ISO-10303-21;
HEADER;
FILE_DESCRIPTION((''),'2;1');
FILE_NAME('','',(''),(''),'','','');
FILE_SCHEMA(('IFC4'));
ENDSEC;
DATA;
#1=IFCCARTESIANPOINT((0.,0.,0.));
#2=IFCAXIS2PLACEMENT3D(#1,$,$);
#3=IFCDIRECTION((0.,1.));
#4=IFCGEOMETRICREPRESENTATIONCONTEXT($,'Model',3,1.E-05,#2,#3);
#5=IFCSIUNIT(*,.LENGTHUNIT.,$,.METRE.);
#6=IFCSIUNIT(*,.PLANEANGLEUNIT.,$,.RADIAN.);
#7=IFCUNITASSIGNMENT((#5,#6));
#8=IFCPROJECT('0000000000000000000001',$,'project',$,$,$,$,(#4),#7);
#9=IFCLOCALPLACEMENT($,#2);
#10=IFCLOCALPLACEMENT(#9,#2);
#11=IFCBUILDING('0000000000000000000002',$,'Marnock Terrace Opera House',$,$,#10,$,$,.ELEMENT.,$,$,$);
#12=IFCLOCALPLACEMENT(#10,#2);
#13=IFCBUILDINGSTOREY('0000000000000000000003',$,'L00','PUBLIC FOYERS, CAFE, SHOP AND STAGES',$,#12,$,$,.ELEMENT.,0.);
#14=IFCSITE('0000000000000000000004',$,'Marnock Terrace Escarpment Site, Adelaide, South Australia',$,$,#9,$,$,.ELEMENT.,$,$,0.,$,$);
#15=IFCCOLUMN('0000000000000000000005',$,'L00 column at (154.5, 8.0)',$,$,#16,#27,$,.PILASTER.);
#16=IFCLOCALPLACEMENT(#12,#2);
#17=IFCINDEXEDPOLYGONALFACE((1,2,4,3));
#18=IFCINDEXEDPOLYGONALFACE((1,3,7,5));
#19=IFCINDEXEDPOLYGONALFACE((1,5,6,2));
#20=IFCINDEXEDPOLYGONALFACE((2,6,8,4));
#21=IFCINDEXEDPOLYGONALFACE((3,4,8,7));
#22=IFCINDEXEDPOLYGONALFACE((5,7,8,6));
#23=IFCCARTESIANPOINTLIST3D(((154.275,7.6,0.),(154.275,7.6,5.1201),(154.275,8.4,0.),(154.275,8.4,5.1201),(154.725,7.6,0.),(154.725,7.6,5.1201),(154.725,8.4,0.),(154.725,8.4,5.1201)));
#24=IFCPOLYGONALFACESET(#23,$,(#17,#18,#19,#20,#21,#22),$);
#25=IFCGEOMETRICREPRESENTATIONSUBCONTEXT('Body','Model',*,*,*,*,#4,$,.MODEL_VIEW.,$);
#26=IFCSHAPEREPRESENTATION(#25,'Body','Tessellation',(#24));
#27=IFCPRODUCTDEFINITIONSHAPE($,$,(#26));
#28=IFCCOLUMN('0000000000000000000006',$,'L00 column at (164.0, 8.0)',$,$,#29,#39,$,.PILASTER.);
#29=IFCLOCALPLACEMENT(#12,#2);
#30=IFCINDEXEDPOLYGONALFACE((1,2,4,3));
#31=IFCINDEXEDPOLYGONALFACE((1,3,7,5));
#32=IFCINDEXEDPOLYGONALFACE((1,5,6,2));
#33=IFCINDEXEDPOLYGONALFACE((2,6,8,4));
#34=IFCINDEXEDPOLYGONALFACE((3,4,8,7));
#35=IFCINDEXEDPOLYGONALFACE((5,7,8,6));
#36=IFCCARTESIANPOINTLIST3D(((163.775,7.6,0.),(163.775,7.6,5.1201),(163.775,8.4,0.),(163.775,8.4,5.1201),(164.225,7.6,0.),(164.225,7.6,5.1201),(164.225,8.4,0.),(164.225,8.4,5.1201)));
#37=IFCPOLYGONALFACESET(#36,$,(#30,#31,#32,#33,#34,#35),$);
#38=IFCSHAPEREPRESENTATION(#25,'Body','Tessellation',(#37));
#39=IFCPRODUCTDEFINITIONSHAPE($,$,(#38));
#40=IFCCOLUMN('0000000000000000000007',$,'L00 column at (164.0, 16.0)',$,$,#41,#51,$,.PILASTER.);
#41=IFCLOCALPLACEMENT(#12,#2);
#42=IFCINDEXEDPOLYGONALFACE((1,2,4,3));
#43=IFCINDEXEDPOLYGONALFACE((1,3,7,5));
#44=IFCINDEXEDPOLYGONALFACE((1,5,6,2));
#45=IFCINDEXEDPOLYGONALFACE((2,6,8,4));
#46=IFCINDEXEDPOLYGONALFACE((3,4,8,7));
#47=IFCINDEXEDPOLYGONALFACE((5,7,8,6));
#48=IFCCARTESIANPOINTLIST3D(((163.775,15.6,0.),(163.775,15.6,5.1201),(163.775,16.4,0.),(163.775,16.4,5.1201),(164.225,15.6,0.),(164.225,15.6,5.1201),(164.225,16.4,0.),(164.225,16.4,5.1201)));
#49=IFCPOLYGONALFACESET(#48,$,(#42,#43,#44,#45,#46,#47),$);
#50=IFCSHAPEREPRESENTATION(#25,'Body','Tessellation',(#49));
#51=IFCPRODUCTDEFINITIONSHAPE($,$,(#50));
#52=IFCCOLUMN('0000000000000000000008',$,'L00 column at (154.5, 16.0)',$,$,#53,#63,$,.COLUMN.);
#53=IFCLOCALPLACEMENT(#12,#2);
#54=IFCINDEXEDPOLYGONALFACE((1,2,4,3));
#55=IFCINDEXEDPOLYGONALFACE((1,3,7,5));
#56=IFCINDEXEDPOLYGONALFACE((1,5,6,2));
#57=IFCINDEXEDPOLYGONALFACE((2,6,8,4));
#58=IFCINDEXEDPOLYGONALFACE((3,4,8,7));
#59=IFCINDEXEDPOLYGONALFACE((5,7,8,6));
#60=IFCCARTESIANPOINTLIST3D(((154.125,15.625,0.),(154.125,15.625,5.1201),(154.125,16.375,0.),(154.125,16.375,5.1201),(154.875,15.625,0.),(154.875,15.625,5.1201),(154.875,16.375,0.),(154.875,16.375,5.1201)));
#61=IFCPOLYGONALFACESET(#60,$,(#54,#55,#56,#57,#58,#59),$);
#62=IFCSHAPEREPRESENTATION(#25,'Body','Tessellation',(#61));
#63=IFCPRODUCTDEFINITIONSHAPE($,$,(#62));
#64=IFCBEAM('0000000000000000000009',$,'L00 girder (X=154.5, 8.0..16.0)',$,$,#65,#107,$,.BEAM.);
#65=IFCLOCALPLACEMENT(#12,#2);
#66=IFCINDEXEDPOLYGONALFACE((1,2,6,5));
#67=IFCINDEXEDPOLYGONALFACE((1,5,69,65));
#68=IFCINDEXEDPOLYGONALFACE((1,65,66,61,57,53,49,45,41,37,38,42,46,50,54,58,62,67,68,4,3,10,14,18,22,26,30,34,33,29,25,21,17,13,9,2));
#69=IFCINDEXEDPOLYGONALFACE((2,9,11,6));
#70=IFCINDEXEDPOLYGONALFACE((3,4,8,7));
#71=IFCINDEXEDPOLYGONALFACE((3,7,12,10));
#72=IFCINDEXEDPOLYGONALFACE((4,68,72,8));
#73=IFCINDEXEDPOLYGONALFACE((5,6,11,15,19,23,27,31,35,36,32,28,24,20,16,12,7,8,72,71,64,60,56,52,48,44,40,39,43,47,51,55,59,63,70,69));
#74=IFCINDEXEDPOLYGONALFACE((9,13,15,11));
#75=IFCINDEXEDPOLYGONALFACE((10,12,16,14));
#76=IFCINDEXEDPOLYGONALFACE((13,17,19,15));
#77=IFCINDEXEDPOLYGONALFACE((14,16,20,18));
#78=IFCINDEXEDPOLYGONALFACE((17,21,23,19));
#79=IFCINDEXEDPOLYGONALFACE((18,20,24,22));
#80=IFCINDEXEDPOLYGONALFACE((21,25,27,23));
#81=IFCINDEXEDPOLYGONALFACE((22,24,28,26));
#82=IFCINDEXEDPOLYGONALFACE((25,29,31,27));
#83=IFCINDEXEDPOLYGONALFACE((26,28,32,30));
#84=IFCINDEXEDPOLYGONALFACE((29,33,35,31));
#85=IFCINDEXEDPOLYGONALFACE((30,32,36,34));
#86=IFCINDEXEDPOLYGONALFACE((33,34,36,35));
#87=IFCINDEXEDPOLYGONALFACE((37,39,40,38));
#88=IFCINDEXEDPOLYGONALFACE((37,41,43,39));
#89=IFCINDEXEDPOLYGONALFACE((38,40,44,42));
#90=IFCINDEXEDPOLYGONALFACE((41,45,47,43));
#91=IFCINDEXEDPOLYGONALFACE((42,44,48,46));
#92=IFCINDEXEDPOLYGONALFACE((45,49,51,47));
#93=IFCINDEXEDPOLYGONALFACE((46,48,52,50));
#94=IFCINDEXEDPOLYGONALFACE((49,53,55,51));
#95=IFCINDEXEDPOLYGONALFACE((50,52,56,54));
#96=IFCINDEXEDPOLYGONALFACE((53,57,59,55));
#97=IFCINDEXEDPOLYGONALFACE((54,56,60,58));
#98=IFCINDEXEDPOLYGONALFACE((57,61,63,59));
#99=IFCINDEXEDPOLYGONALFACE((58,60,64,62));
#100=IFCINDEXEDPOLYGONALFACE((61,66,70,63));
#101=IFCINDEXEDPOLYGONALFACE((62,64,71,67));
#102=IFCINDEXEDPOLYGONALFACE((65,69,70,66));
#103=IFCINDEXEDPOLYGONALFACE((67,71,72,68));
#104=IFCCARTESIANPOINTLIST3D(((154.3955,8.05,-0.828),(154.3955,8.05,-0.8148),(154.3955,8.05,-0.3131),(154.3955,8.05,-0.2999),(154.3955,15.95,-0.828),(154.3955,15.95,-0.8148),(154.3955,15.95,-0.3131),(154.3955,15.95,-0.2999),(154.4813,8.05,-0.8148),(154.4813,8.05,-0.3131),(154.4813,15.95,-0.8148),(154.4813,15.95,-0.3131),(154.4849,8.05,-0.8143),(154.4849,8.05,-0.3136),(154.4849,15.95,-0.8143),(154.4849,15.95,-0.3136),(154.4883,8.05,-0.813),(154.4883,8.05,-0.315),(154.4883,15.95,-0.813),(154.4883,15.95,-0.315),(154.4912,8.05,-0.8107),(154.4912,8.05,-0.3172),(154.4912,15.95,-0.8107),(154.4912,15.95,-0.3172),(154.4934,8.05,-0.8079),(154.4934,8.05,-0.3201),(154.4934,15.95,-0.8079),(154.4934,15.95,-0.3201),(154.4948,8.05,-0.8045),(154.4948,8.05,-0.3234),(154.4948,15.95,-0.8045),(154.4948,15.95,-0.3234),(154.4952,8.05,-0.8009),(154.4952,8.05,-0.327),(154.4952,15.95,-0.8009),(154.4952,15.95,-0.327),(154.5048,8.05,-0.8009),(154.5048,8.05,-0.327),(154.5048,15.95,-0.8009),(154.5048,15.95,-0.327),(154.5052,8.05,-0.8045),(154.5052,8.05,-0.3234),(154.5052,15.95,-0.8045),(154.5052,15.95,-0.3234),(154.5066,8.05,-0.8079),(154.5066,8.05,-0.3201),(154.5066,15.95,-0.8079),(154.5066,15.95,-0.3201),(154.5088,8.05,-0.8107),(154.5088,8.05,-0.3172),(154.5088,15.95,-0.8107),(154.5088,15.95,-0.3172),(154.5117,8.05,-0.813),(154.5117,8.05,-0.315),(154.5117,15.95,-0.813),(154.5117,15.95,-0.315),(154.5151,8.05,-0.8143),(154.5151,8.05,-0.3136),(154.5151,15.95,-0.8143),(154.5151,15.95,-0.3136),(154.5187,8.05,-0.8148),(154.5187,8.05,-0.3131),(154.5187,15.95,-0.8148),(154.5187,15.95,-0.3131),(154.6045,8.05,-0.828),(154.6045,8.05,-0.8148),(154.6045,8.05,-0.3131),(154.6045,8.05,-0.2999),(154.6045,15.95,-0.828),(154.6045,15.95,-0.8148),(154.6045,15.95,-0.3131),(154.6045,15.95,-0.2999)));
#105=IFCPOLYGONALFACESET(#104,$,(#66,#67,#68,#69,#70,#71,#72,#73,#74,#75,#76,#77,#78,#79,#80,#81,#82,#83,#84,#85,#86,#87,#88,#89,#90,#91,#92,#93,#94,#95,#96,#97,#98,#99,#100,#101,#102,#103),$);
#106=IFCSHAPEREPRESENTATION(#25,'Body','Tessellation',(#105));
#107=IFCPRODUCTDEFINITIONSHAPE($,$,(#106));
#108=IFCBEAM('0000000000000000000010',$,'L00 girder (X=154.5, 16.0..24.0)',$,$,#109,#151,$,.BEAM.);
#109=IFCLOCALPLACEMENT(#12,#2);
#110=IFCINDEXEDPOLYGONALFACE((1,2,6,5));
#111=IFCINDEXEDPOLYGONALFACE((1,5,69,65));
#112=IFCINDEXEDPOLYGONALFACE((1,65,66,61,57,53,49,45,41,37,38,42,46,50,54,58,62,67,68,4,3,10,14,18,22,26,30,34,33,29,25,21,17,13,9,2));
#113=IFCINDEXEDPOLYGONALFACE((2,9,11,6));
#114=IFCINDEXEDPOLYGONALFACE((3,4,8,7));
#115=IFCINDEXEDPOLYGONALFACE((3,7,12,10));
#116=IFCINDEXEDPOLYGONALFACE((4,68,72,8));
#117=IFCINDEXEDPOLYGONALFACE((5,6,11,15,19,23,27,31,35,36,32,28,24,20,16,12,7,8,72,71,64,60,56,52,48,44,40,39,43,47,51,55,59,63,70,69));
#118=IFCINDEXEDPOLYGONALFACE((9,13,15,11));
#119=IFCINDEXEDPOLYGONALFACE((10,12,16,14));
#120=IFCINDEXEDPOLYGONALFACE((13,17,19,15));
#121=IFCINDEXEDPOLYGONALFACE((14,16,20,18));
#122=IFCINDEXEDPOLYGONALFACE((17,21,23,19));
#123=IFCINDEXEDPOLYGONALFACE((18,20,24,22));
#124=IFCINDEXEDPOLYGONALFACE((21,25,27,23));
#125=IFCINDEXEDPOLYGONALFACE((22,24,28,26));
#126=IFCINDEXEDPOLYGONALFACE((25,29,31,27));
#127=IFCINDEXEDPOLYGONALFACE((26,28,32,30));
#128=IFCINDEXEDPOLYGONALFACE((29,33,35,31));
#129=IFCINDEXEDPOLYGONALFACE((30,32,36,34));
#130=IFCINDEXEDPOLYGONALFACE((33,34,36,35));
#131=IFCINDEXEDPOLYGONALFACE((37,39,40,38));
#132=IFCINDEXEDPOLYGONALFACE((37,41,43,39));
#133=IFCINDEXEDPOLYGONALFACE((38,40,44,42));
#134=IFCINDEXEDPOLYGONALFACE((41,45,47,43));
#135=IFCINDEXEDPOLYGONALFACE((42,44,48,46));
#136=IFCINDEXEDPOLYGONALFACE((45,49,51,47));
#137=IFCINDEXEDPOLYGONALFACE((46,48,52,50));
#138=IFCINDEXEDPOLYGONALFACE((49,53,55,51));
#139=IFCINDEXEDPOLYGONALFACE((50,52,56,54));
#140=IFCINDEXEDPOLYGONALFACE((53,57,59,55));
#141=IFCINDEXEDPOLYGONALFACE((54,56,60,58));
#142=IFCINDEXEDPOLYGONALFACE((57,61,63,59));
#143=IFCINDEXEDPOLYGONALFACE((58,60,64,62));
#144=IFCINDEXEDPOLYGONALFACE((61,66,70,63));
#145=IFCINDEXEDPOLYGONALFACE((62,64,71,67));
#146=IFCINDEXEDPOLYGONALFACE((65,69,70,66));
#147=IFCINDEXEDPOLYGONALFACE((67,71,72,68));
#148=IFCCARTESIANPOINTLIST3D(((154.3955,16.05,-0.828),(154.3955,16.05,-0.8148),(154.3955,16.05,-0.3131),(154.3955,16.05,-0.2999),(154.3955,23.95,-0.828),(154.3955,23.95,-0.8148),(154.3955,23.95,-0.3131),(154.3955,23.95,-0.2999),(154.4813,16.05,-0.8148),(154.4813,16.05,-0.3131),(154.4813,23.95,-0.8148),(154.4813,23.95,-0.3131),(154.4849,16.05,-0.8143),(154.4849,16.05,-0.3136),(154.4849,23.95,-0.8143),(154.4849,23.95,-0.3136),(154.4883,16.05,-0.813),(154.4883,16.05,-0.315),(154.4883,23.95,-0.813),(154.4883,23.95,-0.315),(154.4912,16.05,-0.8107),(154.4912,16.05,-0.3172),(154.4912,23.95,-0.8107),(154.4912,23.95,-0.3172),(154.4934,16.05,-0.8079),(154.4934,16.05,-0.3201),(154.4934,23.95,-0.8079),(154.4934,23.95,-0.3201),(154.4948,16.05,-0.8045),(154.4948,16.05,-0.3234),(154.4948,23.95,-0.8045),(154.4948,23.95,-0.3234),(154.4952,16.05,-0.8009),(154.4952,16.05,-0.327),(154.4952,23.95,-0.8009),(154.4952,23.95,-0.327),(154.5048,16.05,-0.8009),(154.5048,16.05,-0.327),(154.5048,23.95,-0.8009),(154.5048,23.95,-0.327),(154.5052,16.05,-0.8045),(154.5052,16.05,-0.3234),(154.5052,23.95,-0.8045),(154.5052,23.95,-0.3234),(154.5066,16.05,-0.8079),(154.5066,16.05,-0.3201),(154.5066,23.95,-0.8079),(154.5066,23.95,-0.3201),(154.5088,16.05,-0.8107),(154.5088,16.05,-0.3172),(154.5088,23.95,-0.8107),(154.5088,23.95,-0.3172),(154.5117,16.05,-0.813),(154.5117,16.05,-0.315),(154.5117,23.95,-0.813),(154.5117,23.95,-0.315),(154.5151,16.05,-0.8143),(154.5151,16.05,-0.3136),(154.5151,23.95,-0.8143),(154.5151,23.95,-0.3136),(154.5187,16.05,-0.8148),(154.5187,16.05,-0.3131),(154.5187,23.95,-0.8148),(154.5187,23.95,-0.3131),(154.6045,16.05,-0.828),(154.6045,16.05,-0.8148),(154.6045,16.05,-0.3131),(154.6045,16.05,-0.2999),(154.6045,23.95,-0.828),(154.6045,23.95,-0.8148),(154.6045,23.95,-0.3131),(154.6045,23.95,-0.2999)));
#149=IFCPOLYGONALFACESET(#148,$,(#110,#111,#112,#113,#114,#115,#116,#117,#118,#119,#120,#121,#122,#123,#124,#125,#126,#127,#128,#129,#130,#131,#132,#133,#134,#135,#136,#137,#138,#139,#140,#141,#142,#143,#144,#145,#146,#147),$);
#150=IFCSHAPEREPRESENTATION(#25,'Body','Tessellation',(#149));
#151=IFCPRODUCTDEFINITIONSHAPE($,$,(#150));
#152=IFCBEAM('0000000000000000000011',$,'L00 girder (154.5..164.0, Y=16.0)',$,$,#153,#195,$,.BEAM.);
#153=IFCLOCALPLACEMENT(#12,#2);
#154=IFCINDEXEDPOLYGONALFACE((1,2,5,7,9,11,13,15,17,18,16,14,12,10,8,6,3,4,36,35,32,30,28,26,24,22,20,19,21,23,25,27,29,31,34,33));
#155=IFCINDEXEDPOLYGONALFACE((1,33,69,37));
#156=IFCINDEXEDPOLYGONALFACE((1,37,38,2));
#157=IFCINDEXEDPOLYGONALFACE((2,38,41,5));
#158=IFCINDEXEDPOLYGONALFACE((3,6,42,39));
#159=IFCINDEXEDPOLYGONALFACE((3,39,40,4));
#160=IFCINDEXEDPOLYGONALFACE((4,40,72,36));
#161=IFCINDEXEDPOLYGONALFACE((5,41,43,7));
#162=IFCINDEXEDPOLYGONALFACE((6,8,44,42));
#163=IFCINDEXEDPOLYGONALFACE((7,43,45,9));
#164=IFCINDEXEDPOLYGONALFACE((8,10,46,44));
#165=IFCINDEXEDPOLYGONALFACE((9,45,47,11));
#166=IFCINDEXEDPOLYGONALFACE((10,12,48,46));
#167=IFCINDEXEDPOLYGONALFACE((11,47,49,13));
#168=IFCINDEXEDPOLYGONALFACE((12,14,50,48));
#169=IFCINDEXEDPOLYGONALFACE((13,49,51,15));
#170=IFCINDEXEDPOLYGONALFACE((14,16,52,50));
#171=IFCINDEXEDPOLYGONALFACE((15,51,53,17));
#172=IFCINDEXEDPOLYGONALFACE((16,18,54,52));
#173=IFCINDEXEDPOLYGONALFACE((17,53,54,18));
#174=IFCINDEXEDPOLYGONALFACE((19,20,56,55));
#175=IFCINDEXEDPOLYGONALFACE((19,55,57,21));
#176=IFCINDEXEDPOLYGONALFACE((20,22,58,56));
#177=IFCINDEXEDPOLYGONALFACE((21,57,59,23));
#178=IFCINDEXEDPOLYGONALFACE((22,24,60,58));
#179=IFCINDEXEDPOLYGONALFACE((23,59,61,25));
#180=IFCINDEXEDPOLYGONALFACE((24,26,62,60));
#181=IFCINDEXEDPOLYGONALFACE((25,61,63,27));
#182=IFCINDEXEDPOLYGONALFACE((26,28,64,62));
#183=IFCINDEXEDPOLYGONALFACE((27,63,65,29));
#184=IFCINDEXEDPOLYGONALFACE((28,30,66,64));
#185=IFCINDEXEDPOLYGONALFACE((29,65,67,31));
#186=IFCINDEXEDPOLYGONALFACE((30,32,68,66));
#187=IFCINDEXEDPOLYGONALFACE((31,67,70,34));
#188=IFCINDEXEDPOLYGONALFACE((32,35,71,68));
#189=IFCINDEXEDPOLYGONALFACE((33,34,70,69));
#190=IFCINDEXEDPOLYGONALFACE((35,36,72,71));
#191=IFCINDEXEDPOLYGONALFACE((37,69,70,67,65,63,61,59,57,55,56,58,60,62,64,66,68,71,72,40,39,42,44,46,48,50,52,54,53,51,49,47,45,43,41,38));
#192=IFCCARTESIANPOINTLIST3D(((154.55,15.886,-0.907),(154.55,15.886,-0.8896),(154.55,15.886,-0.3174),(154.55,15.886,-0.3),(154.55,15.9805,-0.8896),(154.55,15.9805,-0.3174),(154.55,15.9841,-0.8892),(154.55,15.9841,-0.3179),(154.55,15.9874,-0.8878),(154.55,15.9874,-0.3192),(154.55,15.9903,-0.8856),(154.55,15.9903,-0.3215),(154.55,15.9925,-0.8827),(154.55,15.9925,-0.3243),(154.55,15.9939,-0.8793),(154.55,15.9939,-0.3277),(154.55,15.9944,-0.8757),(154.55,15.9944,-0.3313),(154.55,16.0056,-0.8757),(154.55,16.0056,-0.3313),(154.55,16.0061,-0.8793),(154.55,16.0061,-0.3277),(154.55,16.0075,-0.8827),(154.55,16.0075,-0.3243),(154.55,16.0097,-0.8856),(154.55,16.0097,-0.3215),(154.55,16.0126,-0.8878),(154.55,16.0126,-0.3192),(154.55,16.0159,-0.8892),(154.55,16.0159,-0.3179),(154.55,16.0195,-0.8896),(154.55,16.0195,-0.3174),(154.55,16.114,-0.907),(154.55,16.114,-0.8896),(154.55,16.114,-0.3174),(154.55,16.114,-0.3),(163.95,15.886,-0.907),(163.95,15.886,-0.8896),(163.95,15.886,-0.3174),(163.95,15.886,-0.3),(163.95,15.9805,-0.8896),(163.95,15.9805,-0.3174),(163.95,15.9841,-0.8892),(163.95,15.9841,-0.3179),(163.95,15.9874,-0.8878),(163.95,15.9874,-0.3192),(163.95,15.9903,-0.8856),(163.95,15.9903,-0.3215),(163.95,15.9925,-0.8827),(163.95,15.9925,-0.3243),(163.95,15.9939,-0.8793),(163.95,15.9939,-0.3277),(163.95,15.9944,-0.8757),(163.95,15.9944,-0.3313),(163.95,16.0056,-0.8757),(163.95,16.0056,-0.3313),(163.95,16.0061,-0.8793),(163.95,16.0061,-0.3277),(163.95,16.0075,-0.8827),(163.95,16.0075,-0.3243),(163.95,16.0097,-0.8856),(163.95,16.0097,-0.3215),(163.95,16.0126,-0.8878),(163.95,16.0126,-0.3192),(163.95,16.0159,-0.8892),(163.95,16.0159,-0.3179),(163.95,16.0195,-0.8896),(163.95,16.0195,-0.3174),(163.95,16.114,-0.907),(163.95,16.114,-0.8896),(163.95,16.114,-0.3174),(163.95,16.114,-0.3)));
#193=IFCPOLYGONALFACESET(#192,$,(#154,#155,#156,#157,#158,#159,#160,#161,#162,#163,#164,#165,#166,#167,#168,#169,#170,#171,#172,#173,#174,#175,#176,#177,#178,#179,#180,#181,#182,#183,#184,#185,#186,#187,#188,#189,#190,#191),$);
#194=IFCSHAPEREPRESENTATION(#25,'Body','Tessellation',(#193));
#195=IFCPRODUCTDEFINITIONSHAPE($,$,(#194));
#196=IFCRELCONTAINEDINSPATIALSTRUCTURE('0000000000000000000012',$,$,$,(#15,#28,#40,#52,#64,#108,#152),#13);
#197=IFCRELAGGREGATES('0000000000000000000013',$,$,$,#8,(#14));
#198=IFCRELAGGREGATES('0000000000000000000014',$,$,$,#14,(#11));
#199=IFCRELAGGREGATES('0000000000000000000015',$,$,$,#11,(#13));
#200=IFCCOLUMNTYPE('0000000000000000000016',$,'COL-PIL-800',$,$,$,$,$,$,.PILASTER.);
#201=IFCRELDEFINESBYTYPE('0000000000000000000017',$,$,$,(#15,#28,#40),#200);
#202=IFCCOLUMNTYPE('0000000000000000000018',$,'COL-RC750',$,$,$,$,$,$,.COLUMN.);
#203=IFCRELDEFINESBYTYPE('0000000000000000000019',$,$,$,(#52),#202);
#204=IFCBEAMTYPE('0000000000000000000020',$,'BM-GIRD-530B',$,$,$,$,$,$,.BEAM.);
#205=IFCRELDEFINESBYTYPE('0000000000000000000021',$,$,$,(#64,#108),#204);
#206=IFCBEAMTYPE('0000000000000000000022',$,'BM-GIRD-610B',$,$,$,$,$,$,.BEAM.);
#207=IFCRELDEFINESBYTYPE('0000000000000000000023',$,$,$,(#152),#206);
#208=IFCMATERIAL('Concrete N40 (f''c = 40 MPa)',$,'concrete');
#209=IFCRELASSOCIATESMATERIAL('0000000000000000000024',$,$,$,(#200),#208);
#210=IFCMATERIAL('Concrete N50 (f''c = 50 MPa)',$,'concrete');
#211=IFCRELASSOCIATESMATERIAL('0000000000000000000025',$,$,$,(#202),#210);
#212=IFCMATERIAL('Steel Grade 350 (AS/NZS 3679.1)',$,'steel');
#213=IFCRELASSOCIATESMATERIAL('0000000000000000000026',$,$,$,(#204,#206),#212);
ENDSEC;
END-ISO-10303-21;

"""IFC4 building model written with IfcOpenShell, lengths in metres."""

from ifc_helpers import new_model, si_unit, direction, frame, origin, origin_2d, place, context, subcontext, project, spatial, rectangle, i_section, extrude, material, material_profile, profile_set, type_object, element, save


model = new_model("IFC4")

# Units and contexts
model_context = context("Model", 3, precision=1e-05, world=origin(), true_north=direction((0.0, 1.0)))
body_context = subcontext(model_context, "Body", "Model", "MODEL_VIEW")
ifc_project = project(units=[si_unit("LENGTHUNIT", "METRE"), si_unit("PLANEANGLEUNIT", "RADIAN")], contexts=[model_context])

# Site, building, storey
site_placement = place(None, origin())
site = spatial("IfcSite", under=ifc_project, at=site_placement, Name="Marnock Terrace Escarpment Site, Adelaide, South Australia", CompositionType="ELEMENT", RefElevation=0.0)
building_placement = place(site_placement, origin())
building = spatial("IfcBuilding", under=site, at=building_placement, Name="Marnock Terrace Opera House", CompositionType="ELEMENT")
storey_placement = place(building_placement, origin())
storey = spatial("IfcBuildingStorey", under=building, at=storey_placement, Name="L00", Description="PUBLIC FOYERS, CAFE, SHOP AND STAGES", CompositionType="ELEMENT", Elevation=0.0)

# Columns
ifc_material_1 = material(Name="Concrete N40 (f'c = 40 MPa)", Category="concrete")
ifc_material_profile_1 = material_profile(ifc_material_1, rectangle(XDim=0.45, YDim=0.8, at=origin_2d()))
ifc_profile_set_1 = profile_set([ifc_material_profile_1], Name="Concrete N40 (f'c = 40 MPa)")
column_type_1 = type_object("IfcColumnType", Name="COL-PIL-800", PredefinedType="PILASTER", material=ifc_profile_set_1)
for number, where, z_axis, x_axis, name in (
    (1, (154.5, 8.0, 0.0), (0.0, 0.0, 1.0), (1.0, 0.0, 0.0), "L00 column at (154.5, 8.0)"),
    (2, (164.0, 8.0, 0.0), (0.0, 0.0, 1.0), (1.0, 0.0, 0.0), "L00 column at (164.0, 8.0)"),
    (3, (164.0, 16.0, 0.0), (0.0, 0.0, 1.0), (1.0, 0.0, 0.0), "L00 column at (164.0, 16.0)"),
):
    element("IfcColumn", number, at=place(storey_placement, frame(where, z_axis=z_axis, x_axis=x_axis)), inside=storey, type_object=column_type_1, Name=name, PredefinedType="PILASTER", context=body_context, shape_type="SweptSolid", body=[
        extrude(rectangle(XDim=0.45, YDim=0.8, at=origin_2d()), origin(), (0.0, 0.0, 1.0), 5.1201),
    ])
ifc_material_2 = material(Name="Concrete N50 (f'c = 50 MPa)", Category="concrete")
ifc_material_profile_2 = material_profile(ifc_material_2, rectangle(XDim=0.75, YDim=0.75, at=origin_2d()))
ifc_profile_set_2 = profile_set([ifc_material_profile_2], Name="Concrete N50 (f'c = 50 MPa)")
column_type_2 = type_object("IfcColumnType", Name="COL-RC750", PredefinedType="COLUMN", material=ifc_profile_set_2)
column_placement = place(storey_placement, frame((154.5, 16.0, 0.0), z_axis=(0.0, 0.0, 1.0), x_axis=(1.0, 0.0, 0.0)))
element("IfcColumn", 4, at=column_placement, inside=storey, type_object=column_type_2, Name="L00 column at (154.5, 16.0)", PredefinedType="COLUMN", context=body_context, shape_type="SweptSolid", body=[
    extrude(rectangle(XDim=0.75, YDim=0.75, at=origin_2d()), origin(), (0.0, 0.0, 1.0), 5.1201),
])

# Beams
ifc_material_3 = material(Name="Steel Grade 350 (AS/NZS 3679.1)", Category="steel")
ifc_material_profile_3 = material_profile(ifc_material_3, i_section(OverallWidth=0.209, OverallDepth=0.5281, WebThickness=0.0095, FlangeThickness=0.0132, FilletRadius=0.0139, at=origin_2d()))
ifc_profile_set_3 = profile_set([ifc_material_profile_3], Name="Steel Grade 350 (AS/NZS 3679.1)")
beam_type_1 = type_object("IfcBeamType", Name="BM-GIRD-530B", PredefinedType="BEAM", material=ifc_profile_set_3)
for number, where, z_axis, x_axis, name in (
    (5, (154.5, 8.05, -0.564), (0.0, 1.0, 0.0), (-1.0, 0.0, 0.0), "L00 girder (X=154.5, 8.0..16.0)"),
    (6, (154.5, 16.05, -0.564), (0.0, 1.0, 0.0), (-1.0, 0.0, 0.0), "L00 girder (X=154.5, 16.0..24.0)"),
):
    element("IfcBeam", number, at=place(storey_placement, frame(where, z_axis=z_axis, x_axis=x_axis)), inside=storey, type_object=beam_type_1, Name=name, PredefinedType="BEAM", context=body_context, shape_type="SweptSolid", body=[
        extrude(i_section(OverallWidth=0.209, OverallDepth=0.5281, WebThickness=0.0095, FlangeThickness=0.0132, FilletRadius=0.0139, at=origin_2d()), origin(), (0.0, 0.0, 1.0), 7.8999),
    ])
ifc_material_profile_4 = material_profile(ifc_material_3, i_section(OverallWidth=0.228, OverallDepth=0.6069, WebThickness=0.0112, FlangeThickness=0.0173, FilletRadius=0.0139, at=origin_2d()))
ifc_profile_set_4 = profile_set([ifc_material_profile_4], Name="Steel Grade 350 (AS/NZS 3679.1)")
beam_type_2 = type_object("IfcBeamType", Name="BM-GIRD-610B", PredefinedType="BEAM", material=ifc_profile_set_4)
beam_1_placement = place(storey_placement, frame((154.55, 16.0, -0.6035), z_axis=(1.0, 0.0, 0.0), x_axis=(0.0, 1.0, 0.0)))
element("IfcBeam", 7, at=beam_1_placement, inside=storey, type_object=beam_type_2, Name="L00 girder (154.5..164.0, Y=16.0)", PredefinedType="BEAM", context=body_context, shape_type="SweptSolid", body=[
    extrude(i_section(OverallWidth=0.228, OverallDepth=0.6069, WebThickness=0.0112, FlangeThickness=0.0173, FilletRadius=0.0139, at=origin_2d()), origin(), (0.0, 0.0, 1.0), 9.3999),
])

save(model, "model.ifc")
